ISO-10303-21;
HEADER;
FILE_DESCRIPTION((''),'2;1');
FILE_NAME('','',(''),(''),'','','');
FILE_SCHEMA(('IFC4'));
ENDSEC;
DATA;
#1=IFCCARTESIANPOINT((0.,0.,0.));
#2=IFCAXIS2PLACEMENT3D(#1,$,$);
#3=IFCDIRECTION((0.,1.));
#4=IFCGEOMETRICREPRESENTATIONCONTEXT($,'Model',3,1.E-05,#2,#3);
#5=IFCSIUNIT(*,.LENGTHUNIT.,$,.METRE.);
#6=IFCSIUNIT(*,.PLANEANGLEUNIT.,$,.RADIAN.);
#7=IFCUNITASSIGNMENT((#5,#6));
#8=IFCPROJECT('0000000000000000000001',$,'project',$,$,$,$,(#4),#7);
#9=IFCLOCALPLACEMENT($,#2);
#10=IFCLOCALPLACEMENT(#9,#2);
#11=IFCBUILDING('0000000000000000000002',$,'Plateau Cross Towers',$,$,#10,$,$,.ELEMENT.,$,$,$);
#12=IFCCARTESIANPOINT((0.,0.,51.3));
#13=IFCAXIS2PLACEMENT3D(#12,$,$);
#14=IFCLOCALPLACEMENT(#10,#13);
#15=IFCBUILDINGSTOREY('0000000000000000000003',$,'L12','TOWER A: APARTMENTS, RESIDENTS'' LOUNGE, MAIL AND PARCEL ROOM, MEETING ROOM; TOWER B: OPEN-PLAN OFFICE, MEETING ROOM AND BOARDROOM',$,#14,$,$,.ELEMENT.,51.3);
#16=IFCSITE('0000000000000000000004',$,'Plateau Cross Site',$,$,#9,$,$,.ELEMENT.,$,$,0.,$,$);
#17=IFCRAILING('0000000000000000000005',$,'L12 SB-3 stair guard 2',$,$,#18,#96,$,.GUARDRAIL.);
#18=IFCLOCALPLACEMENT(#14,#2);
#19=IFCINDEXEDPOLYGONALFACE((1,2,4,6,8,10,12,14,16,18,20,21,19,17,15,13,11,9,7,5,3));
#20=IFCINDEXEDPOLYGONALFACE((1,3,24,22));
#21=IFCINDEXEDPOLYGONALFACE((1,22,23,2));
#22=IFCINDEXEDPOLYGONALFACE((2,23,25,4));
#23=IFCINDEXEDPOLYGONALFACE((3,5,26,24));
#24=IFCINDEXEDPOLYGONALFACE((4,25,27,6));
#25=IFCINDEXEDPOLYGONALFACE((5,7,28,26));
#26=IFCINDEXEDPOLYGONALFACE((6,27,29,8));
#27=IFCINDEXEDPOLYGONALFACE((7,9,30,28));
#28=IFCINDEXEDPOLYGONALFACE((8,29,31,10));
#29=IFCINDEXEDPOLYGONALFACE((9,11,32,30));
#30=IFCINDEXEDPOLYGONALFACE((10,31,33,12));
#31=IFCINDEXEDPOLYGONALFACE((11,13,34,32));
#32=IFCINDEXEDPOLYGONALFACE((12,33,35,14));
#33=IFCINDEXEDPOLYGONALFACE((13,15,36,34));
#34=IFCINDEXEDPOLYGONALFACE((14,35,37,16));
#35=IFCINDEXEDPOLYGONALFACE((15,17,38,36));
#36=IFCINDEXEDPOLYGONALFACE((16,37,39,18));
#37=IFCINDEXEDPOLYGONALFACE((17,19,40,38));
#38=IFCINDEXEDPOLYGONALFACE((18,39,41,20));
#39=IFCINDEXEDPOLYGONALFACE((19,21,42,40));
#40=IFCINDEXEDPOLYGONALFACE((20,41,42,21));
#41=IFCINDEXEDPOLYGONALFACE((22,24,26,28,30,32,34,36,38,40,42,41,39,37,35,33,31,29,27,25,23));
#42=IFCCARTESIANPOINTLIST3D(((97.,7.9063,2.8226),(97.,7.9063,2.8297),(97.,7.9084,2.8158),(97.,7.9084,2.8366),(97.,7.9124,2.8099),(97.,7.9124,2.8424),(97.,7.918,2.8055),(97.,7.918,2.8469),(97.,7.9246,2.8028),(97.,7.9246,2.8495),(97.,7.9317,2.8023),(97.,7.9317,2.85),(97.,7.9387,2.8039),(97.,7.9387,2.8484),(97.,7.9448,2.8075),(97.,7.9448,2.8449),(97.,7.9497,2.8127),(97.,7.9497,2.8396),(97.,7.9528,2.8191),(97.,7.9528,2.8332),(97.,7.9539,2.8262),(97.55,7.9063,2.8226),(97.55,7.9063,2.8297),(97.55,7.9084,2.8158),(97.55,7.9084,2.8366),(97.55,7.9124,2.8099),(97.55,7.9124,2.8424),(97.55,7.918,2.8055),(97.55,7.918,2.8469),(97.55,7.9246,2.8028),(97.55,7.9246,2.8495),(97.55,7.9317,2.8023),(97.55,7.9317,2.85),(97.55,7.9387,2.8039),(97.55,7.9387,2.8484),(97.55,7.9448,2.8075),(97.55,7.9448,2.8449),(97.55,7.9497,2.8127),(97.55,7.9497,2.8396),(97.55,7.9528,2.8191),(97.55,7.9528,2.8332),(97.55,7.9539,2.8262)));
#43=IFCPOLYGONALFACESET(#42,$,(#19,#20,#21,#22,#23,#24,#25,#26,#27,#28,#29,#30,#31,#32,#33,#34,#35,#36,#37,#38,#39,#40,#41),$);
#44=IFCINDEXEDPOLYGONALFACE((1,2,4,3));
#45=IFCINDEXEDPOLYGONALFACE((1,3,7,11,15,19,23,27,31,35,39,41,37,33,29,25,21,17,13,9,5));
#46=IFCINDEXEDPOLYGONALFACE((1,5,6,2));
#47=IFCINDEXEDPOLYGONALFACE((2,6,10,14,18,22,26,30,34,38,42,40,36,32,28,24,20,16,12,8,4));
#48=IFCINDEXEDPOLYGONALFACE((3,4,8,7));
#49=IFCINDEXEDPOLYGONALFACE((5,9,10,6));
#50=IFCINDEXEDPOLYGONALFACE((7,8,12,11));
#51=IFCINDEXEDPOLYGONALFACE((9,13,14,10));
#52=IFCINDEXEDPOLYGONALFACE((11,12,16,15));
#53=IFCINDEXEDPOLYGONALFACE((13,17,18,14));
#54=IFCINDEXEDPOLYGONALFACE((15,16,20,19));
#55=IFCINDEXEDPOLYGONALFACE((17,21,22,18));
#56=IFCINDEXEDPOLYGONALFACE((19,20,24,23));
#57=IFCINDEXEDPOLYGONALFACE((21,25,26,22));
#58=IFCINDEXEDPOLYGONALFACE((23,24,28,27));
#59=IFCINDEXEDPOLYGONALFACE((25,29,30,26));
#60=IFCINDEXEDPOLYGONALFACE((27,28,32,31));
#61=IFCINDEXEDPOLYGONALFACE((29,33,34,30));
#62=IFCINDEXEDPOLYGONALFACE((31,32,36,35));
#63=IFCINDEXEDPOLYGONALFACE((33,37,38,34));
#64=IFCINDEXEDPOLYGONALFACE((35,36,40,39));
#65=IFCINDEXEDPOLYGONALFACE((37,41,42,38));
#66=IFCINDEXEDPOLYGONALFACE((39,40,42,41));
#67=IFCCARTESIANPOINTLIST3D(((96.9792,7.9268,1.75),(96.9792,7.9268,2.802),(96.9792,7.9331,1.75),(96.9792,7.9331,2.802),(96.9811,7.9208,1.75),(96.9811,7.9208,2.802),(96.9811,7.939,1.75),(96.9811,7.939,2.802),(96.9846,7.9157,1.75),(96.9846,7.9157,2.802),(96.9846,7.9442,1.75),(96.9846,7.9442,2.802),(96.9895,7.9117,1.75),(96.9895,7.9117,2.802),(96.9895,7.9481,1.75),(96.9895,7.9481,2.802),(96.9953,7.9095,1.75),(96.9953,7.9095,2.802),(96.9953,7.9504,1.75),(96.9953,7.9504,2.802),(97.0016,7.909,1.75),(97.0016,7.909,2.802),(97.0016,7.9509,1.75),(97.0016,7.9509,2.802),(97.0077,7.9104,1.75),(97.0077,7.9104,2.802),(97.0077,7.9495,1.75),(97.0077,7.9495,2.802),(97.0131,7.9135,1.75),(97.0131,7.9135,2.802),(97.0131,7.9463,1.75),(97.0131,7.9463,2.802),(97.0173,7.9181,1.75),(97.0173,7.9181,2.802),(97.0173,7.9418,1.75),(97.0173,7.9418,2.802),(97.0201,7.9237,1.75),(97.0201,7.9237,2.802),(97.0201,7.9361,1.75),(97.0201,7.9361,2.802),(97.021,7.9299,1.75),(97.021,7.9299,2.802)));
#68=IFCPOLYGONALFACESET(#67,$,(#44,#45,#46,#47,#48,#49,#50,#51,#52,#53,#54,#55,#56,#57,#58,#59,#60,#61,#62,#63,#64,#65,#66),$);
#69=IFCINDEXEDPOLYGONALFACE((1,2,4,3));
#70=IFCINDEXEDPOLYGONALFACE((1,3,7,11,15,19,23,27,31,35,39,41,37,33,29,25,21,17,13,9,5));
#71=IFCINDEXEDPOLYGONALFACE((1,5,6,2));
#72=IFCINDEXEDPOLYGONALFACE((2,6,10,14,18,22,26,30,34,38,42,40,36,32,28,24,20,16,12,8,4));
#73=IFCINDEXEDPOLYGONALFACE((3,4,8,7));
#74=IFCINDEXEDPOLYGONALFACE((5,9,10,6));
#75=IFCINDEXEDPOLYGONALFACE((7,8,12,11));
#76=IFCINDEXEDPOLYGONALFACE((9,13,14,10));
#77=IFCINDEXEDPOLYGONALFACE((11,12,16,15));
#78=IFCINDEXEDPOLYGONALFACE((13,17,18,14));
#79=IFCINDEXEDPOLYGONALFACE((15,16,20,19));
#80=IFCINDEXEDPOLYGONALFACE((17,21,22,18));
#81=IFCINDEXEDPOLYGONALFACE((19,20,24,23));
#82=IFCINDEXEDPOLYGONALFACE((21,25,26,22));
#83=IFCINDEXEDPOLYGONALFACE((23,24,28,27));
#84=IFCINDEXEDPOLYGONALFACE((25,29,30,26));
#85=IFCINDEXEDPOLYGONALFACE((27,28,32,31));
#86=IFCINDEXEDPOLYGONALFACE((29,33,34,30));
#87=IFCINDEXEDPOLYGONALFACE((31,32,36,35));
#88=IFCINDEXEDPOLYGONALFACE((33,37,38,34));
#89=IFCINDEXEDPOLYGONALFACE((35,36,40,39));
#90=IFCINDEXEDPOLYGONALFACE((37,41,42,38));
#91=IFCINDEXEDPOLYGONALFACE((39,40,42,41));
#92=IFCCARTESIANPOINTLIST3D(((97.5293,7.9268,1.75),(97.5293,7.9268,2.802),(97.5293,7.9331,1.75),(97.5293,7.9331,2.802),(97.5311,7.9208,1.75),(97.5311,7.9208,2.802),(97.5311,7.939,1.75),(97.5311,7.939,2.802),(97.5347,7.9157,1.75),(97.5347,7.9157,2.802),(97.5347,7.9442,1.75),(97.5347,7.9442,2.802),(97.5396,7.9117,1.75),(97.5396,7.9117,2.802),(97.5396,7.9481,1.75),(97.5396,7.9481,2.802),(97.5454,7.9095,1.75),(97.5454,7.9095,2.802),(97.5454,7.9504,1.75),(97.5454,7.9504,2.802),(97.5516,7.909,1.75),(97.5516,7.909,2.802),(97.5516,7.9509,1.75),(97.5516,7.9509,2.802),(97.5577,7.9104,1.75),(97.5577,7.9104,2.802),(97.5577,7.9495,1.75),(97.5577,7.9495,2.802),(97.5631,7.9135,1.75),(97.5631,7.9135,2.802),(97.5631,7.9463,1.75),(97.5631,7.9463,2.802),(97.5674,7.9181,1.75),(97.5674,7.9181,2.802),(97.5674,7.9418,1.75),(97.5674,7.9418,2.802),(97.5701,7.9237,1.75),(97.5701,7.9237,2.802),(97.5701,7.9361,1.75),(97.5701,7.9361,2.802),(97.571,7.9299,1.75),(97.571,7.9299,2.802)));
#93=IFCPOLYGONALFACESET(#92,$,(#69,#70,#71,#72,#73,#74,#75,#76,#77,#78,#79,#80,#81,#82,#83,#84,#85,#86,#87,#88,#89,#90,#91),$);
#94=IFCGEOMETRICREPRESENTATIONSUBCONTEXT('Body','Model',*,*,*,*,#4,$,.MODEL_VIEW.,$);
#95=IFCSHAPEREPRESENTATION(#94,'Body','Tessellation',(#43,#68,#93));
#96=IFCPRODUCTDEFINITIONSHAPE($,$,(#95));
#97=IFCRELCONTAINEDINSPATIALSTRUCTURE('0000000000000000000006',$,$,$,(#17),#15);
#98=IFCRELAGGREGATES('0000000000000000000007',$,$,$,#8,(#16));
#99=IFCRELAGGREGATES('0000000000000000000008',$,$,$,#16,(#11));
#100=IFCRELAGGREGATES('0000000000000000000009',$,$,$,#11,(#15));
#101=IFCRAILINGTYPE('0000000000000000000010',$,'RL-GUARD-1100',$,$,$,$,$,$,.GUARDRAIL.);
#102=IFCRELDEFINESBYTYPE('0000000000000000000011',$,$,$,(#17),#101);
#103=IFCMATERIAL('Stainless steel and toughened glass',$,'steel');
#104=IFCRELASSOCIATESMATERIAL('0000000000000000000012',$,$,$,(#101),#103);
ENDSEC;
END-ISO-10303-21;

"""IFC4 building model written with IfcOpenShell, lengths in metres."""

from ifc_helpers import new_model, si_unit, direction, frame, origin, origin_2d, place, context, subcontext, project, spatial, circle, extrude, material, type_object, element, save


model = new_model("IFC4")

# Units and contexts
model_context = context("Model", 3, precision=1e-05, world=origin(), true_north=direction((0.0, 1.0)))
body_context = subcontext(model_context, "Body", "Model", "MODEL_VIEW")
ifc_project = project(units=[si_unit("LENGTHUNIT", "METRE"), si_unit("PLANEANGLEUNIT", "RADIAN")], contexts=[model_context])

# Site, building, storey
site_placement = place(None, origin())
site = spatial("IfcSite", under=ifc_project, at=site_placement, Name="Plateau Cross Site", CompositionType="ELEMENT", RefElevation=0.0)
building_placement = place(site_placement, origin())
building = spatial("IfcBuilding", under=site, at=building_placement, Name="Plateau Cross Towers", CompositionType="ELEMENT")
storey_placement = place(building_placement, frame((0.0, 0.0, 51.3)))
storey = spatial("IfcBuildingStorey", under=building, at=storey_placement, Name="L12", Description="TOWER A: APARTMENTS, RESIDENTS' LOUNGE, MAIL AND PARCEL ROOM, MEETING ROOM; TOWER B: OPEN-PLAN OFFICE, MEETING ROOM AND BOARDROOM", CompositionType="ELEMENT", Elevation=51.3)

# Railing
ifc_material_1 = material(Name="Stainless steel and toughened glass", Category="steel")
railing_type_1 = type_object("IfcRailingType", Name="RL-GUARD-1100", PredefinedType="GUARDRAIL", material=ifc_material_1)
railing_1_placement = place(storey_placement, frame((97.0, 7.9299, 1.75)))
element("IfcRailing", 1, at=railing_1_placement, inside=storey, type_object=railing_type_1, Name="L12 SB-3 stair guard 2", PredefinedType="GUARDRAIL", context=body_context, shape_type="SweptSolid", body=[
    extrude(circle(Radius=0.0239, at=origin_2d()), frame((0.0, 0.0, 1.0762), z_axis=(1.0, 0.0, 0.0), x_axis=(0.0, 1.0, 0.0)), (0.0, 0.0, 1.0), 0.55),
    extrude(circle(Radius=0.021, at=origin_2d()), origin(), (0.0, 0.0, 1.0), 1.052),
    extrude(circle(Radius=0.021, at=origin_2d()), frame((0.55, 0.0, 0.0)), (0.0, 0.0, 1.0), 1.052),
])

save(model, "model.ifc")
